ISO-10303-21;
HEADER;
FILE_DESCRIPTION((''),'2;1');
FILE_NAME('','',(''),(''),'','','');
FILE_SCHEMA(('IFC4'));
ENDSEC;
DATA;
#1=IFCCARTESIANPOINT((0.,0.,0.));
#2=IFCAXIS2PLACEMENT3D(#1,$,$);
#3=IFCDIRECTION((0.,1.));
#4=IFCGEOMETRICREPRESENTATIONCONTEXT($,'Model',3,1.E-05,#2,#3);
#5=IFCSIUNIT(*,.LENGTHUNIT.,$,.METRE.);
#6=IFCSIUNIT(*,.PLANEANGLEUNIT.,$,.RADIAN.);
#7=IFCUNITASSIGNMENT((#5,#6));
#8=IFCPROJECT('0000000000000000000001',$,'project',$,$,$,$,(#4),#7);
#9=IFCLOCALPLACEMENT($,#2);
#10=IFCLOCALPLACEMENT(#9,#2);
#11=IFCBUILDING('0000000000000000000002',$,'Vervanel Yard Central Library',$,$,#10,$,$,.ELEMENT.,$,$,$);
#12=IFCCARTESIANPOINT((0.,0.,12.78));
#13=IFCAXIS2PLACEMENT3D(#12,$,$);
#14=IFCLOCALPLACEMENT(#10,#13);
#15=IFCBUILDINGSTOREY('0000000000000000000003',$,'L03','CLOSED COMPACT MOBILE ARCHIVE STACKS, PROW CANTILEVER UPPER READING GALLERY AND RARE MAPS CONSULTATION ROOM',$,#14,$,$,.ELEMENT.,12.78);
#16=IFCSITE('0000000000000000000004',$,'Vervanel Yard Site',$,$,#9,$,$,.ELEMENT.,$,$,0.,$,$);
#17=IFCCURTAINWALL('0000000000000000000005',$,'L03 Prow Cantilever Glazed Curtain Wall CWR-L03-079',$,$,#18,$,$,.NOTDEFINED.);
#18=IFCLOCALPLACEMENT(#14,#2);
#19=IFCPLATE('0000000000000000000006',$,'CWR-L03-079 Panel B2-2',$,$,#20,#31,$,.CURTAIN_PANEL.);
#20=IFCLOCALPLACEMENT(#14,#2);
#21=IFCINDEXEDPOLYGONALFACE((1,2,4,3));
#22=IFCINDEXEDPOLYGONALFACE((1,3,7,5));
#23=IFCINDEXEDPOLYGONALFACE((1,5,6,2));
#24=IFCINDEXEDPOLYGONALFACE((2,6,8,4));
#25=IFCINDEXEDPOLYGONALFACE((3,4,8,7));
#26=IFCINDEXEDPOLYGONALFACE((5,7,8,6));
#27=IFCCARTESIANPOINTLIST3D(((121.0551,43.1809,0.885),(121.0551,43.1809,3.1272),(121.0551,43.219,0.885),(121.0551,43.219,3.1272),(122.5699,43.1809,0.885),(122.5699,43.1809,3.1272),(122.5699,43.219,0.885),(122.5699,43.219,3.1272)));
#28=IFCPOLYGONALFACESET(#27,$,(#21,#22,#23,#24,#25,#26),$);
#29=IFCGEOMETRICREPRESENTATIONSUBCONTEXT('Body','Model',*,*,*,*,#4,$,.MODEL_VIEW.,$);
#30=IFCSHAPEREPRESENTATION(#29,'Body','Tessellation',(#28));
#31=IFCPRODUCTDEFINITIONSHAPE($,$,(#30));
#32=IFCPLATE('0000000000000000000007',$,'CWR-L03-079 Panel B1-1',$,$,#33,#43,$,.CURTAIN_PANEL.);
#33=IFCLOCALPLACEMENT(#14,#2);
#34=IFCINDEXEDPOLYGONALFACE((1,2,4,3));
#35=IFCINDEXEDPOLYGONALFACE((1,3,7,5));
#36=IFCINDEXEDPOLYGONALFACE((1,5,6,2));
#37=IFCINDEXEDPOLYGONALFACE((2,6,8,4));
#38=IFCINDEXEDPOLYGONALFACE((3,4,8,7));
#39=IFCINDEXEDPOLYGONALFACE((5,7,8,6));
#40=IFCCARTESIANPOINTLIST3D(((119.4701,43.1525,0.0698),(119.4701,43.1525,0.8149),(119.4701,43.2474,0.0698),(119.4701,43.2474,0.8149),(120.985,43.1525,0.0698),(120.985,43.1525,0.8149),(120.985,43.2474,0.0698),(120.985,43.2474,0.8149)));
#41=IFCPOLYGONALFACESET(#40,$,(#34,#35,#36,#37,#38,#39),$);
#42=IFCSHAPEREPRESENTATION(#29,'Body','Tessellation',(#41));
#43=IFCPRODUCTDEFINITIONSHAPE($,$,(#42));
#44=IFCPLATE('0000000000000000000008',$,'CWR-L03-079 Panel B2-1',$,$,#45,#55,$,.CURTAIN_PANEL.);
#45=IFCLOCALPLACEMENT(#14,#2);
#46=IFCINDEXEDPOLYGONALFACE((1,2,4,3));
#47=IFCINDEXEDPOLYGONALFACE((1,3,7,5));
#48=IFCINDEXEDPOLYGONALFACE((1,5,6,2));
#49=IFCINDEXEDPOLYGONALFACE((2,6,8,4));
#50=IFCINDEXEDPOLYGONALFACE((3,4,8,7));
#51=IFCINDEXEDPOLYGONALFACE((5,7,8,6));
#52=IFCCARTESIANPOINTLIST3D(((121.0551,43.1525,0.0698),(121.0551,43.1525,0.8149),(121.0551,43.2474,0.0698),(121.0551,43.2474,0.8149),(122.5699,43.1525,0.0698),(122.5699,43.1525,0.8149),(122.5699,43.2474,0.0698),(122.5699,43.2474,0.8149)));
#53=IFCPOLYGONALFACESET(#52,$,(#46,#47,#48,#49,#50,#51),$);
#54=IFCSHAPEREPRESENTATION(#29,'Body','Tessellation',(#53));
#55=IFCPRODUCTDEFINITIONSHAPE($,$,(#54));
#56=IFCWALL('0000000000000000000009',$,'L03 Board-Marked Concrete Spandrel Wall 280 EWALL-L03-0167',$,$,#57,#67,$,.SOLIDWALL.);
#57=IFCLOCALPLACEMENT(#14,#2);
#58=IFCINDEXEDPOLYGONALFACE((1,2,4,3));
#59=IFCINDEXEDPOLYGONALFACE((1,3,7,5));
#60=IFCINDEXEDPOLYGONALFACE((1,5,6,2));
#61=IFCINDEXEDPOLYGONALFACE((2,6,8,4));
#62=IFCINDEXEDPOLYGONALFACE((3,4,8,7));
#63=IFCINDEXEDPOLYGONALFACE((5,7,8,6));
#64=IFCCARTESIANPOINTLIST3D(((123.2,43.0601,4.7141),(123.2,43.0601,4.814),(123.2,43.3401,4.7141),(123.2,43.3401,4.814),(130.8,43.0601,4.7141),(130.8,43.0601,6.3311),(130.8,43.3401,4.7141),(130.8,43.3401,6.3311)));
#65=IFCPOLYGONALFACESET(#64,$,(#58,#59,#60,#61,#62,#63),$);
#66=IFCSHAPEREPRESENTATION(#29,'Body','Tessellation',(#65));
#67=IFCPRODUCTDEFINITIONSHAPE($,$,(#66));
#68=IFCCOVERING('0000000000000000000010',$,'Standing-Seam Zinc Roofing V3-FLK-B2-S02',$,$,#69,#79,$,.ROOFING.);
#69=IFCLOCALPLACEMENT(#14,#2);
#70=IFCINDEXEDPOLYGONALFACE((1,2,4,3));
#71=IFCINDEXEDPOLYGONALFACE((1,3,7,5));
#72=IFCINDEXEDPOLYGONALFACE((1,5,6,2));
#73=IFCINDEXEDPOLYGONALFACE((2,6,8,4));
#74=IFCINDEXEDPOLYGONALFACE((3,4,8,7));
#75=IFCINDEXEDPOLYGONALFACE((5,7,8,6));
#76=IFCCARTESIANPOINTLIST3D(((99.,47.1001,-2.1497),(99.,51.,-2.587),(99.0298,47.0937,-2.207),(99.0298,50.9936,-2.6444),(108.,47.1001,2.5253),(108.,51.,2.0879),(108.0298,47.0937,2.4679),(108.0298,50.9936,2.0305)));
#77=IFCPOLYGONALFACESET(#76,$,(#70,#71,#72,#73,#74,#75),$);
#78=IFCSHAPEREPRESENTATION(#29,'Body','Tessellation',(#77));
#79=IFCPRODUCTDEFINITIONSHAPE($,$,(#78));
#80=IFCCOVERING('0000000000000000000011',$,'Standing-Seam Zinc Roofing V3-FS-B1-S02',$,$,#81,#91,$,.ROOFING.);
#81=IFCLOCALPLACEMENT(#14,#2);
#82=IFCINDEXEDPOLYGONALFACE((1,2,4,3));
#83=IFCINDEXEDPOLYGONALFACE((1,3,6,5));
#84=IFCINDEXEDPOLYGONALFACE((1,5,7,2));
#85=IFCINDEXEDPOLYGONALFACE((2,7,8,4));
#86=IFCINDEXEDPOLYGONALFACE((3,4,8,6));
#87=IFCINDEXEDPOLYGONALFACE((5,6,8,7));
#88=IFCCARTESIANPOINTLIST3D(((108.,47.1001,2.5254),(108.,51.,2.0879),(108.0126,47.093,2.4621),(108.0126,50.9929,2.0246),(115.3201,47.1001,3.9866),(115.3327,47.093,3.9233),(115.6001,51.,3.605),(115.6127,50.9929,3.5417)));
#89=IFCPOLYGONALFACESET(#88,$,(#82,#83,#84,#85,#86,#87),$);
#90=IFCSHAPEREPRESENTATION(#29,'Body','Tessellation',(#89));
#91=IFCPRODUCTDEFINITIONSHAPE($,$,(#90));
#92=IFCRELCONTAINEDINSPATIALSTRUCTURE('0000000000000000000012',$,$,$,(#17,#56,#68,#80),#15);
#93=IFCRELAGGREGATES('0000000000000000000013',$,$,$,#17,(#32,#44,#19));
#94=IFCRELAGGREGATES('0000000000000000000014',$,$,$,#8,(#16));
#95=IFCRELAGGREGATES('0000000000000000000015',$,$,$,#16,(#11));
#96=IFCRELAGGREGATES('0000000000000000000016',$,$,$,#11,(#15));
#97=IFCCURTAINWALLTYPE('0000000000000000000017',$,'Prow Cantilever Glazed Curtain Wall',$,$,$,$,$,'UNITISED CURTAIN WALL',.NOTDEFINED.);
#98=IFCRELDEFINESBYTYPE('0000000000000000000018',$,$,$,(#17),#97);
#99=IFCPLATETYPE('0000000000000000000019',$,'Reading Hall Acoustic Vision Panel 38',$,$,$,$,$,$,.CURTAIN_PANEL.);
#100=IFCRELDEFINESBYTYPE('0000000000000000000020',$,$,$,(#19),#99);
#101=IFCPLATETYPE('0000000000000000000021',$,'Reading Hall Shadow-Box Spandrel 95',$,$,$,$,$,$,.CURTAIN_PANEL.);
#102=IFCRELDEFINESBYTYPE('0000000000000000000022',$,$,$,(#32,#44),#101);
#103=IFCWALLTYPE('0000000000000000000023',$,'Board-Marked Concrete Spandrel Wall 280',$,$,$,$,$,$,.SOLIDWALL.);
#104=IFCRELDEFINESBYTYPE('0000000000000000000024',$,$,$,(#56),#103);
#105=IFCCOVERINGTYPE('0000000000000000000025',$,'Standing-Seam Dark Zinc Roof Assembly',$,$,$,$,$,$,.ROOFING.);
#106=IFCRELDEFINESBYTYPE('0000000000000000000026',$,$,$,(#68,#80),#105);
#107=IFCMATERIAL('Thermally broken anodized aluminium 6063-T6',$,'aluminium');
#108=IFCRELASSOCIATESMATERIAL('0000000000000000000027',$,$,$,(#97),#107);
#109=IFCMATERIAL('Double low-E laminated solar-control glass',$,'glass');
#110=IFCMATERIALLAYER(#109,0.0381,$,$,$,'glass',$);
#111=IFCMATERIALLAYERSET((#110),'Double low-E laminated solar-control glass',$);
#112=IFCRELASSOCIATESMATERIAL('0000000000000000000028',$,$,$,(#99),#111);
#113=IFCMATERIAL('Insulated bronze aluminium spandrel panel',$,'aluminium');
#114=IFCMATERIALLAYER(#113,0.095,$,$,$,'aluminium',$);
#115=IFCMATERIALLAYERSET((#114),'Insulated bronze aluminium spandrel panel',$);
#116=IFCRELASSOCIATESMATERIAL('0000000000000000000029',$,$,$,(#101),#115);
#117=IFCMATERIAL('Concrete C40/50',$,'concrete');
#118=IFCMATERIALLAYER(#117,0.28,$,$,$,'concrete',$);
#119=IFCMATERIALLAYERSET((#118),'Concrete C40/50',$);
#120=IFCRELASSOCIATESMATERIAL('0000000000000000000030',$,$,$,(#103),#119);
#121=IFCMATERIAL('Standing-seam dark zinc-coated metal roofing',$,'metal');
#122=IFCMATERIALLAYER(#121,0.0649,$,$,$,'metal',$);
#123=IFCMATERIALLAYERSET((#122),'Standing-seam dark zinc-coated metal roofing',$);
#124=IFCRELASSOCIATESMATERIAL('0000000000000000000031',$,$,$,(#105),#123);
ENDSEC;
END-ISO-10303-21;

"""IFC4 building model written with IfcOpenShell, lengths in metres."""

from ifc_helpers import new_model, si_unit, direction, frame, origin, origin_2d, place, context, subcontext, project, spatial, polyline, rectangle, outline, extrude, material, layer, layer_set, type_object, element, aggregate, save


model = new_model("IFC4")

# Units and contexts
model_context = context("Model", 3, precision=1e-05, world=origin(), true_north=direction((0.0, 1.0)))
body_context = subcontext(model_context, "Body", "Model", "MODEL_VIEW")
ifc_project = project(units=[si_unit("LENGTHUNIT", "METRE"), si_unit("PLANEANGLEUNIT", "RADIAN")], contexts=[model_context])

# Site, building, storey
site_placement = place(None, origin())
site = spatial("IfcSite", under=ifc_project, at=site_placement, Name="Vervanel Yard Site", CompositionType="ELEMENT", RefElevation=0.0)
building_placement = place(site_placement, origin())
building = spatial("IfcBuilding", under=site, at=building_placement, Name="Vervanel Yard Central Library", CompositionType="ELEMENT")
storey_placement = place(building_placement, frame((0.0, 0.0, 12.78)))
storey = spatial("IfcBuildingStorey", under=building, at=storey_placement, Name="L03", Description="CLOSED COMPACT MOBILE ARCHIVE STACKS, PROW CANTILEVER UPPER READING GALLERY AND RARE MAPS CONSULTATION ROOM", CompositionType="ELEMENT", Elevation=12.78)

# Curtain wall
ifc_material_1 = material(Name="Thermally broken anodized aluminium 6063-T6", Category="aluminium")
curtain_wall_type = type_object("IfcCurtainWallType", Name="Prow Cantilever Glazed Curtain Wall", ElementType="UNITISED CURTAIN WALL", PredefinedType="NOTDEFINED", material=ifc_material_1)
curtain_wall_placement = place(storey_placement, origin())
curtain_wall = element("IfcCurtainWall", 1, at=curtain_wall_placement, inside=storey, type_object=curtain_wall_type, Name="L03 Prow Cantilever Glazed Curtain Wall CWR-L03-079", PredefinedType="NOTDEFINED")

# Plates
ifc_material_2 = material(Name="Double low-E laminated solar-control glass", Category="glass")
ifc_layer_1 = layer(ifc_material_2, 0.0381, Category="glass")
ifc_layer_set_1 = layer_set([ifc_layer_1], Name="Double low-E laminated solar-control glass")
plate_type_1 = type_object("IfcPlateType", Name="Reading Hall Acoustic Vision Panel 38", PredefinedType="CURTAIN_PANEL", material=ifc_layer_set_1)
plate_1_placement = place(storey_placement, frame((121.8125, 43.2, 0.885), z_axis=(0.0, 0.0, 1.0), x_axis=(1.0, 0.0, 0.0)))
plate_1 = element("IfcPlate", 2, at=plate_1_placement, type_object=plate_type_1, Name="CWR-L03-079 Panel B2-2", PredefinedType="CURTAIN_PANEL", context=body_context, shape_type="SweptSolid", body=[
    extrude(rectangle(XDim=1.5149, YDim=0.0381, at=origin_2d()), origin(), (0.0, 0.0, 1.0), 2.2422),
])
ifc_material_3 = material(Name="Insulated bronze aluminium spandrel panel", Category="aluminium")
ifc_layer_2 = layer(ifc_material_3, 0.095, Category="aluminium")
ifc_layer_set_2 = layer_set([ifc_layer_2], Name="Insulated bronze aluminium spandrel panel")
plate_type_2 = type_object("IfcPlateType", Name="Reading Hall Shadow-Box Spandrel 95", PredefinedType="CURTAIN_PANEL", material=ifc_layer_set_2)
plate_2_placement = place(storey_placement, frame((120.2275, 43.2, 0.0698), z_axis=(0.0, 0.0, 1.0), x_axis=(1.0, 0.0, 0.0)))
plate_2 = element("IfcPlate", 3, at=plate_2_placement, type_object=plate_type_2, Name="CWR-L03-079 Panel B1-1", PredefinedType="CURTAIN_PANEL", context=body_context, shape_type="SweptSolid", body=[
    extrude(rectangle(XDim=1.5149, YDim=0.095, at=origin_2d()), origin(), (0.0, 0.0, 1.0), 0.7451),
])
plate_3_placement = place(storey_placement, frame((121.8125, 43.2, 0.0698), z_axis=(0.0, 0.0, 1.0), x_axis=(1.0, 0.0, 0.0)))
plate_3 = element("IfcPlate", 4, at=plate_3_placement, type_object=plate_type_2, Name="CWR-L03-079 Panel B2-1", PredefinedType="CURTAIN_PANEL", context=body_context, shape_type="SweptSolid", body=[
    extrude(rectangle(XDim=1.5149, YDim=0.095, at=origin_2d()), origin(), (0.0, 0.0, 1.0), 0.7451),
])
aggregate(curtain_wall, [plate_2, plate_3, plate_1])

# Wall
ifc_material_4 = material(Name="Concrete C40/50", Category="concrete")
ifc_layer_3 = layer(ifc_material_4, 0.28, Category="concrete")
ifc_layer_set_3 = layer_set([ifc_layer_3], Name="Concrete C40/50")
wall_type = type_object("IfcWallType", Name="Board-Marked Concrete Spandrel Wall 280", PredefinedType="SOLIDWALL", material=ifc_layer_set_3)
wall_placement = place(storey_placement, frame((123.2, 43.2, 4.7141), z_axis=(0.0, 0.0, 1.0), x_axis=(1.0, 0.0, 0.0)))
element("IfcWall", 5, at=wall_placement, inside=storey, type_object=wall_type, Name="L03 Board-Marked Concrete Spandrel Wall 280 EWALL-L03-0167", PredefinedType="SOLIDWALL", context=body_context, shape_type="SweptSolid", body=[
    extrude(outline(polyline([(0.0, 0.0), (7.6001, 0.0), (7.6001, 1.6169), (0.0, 0.0999), (0.0, 0.0)])), frame((0.0, 0.1401, 0.0), z_axis=(0.0, -1.0, 0.0), x_axis=(1.0, 0.0, 0.0)), (0.0, 0.0, 1.0), 0.28),
])

# Coverings
ifc_material_5 = material(Name="Standing-seam dark zinc-coated metal roofing", Category="metal")
ifc_layer_4 = layer(ifc_material_5, 0.0649, Category="metal")
ifc_layer_set_4 = layer_set([ifc_layer_4], Name="Standing-seam dark zinc-coated metal roofing")
covering_type = type_object("IfcCoveringType", Name="Standing-Seam Dark Zinc Roof Assembly", PredefinedType="ROOFING", material=ifc_layer_set_4)
covering_1_placement = place(storey_placement, frame((99.0, 47.1001, -2.1497), z_axis=(-0.458693, 0.099036, 0.883059), x_axis=(0.887421, -0.000001, 0.460959)))
element("IfcCovering", 6, at=covering_1_placement, inside=storey, type_object=covering_type, Name="Standing-Seam Zinc Roofing V3-FLK-B2-S02", PredefinedType="ROOFING", context=body_context, shape_type="SweptSolid", body=[
    extrude(outline(polyline([(0.0, 0.0), (10.1418, 0.0), (9.9401, 3.9192), (-0.2016, 3.9192), (0.0, 0.0)])), origin(), (0.0, 0.0, -1.0), 0.0649),
])
covering_2_placement = place(storey_placement, frame((108.0, 47.1001, 2.5254), z_axis=(-0.194578, 0.109351, 0.974773), x_axis=(0.980653, 0.0, 0.195752)))
element("IfcCovering", 7, at=covering_2_placement, inside=storey, type_object=covering_type, Name="Standing-Seam Zinc Roofing V3-FS-B1-S02", PredefinedType="ROOFING", context=body_context, shape_type="SweptSolid", body=[
    extrude(outline(polyline([(0.0, 0.0), (7.4645, 0.0), (7.6644, 3.9234), (-0.0856, 3.9234), (0.0, 0.0)])), origin(), (0.0, 0.0, -1.0), 0.0649),
])

save(model, "model.ifc")
